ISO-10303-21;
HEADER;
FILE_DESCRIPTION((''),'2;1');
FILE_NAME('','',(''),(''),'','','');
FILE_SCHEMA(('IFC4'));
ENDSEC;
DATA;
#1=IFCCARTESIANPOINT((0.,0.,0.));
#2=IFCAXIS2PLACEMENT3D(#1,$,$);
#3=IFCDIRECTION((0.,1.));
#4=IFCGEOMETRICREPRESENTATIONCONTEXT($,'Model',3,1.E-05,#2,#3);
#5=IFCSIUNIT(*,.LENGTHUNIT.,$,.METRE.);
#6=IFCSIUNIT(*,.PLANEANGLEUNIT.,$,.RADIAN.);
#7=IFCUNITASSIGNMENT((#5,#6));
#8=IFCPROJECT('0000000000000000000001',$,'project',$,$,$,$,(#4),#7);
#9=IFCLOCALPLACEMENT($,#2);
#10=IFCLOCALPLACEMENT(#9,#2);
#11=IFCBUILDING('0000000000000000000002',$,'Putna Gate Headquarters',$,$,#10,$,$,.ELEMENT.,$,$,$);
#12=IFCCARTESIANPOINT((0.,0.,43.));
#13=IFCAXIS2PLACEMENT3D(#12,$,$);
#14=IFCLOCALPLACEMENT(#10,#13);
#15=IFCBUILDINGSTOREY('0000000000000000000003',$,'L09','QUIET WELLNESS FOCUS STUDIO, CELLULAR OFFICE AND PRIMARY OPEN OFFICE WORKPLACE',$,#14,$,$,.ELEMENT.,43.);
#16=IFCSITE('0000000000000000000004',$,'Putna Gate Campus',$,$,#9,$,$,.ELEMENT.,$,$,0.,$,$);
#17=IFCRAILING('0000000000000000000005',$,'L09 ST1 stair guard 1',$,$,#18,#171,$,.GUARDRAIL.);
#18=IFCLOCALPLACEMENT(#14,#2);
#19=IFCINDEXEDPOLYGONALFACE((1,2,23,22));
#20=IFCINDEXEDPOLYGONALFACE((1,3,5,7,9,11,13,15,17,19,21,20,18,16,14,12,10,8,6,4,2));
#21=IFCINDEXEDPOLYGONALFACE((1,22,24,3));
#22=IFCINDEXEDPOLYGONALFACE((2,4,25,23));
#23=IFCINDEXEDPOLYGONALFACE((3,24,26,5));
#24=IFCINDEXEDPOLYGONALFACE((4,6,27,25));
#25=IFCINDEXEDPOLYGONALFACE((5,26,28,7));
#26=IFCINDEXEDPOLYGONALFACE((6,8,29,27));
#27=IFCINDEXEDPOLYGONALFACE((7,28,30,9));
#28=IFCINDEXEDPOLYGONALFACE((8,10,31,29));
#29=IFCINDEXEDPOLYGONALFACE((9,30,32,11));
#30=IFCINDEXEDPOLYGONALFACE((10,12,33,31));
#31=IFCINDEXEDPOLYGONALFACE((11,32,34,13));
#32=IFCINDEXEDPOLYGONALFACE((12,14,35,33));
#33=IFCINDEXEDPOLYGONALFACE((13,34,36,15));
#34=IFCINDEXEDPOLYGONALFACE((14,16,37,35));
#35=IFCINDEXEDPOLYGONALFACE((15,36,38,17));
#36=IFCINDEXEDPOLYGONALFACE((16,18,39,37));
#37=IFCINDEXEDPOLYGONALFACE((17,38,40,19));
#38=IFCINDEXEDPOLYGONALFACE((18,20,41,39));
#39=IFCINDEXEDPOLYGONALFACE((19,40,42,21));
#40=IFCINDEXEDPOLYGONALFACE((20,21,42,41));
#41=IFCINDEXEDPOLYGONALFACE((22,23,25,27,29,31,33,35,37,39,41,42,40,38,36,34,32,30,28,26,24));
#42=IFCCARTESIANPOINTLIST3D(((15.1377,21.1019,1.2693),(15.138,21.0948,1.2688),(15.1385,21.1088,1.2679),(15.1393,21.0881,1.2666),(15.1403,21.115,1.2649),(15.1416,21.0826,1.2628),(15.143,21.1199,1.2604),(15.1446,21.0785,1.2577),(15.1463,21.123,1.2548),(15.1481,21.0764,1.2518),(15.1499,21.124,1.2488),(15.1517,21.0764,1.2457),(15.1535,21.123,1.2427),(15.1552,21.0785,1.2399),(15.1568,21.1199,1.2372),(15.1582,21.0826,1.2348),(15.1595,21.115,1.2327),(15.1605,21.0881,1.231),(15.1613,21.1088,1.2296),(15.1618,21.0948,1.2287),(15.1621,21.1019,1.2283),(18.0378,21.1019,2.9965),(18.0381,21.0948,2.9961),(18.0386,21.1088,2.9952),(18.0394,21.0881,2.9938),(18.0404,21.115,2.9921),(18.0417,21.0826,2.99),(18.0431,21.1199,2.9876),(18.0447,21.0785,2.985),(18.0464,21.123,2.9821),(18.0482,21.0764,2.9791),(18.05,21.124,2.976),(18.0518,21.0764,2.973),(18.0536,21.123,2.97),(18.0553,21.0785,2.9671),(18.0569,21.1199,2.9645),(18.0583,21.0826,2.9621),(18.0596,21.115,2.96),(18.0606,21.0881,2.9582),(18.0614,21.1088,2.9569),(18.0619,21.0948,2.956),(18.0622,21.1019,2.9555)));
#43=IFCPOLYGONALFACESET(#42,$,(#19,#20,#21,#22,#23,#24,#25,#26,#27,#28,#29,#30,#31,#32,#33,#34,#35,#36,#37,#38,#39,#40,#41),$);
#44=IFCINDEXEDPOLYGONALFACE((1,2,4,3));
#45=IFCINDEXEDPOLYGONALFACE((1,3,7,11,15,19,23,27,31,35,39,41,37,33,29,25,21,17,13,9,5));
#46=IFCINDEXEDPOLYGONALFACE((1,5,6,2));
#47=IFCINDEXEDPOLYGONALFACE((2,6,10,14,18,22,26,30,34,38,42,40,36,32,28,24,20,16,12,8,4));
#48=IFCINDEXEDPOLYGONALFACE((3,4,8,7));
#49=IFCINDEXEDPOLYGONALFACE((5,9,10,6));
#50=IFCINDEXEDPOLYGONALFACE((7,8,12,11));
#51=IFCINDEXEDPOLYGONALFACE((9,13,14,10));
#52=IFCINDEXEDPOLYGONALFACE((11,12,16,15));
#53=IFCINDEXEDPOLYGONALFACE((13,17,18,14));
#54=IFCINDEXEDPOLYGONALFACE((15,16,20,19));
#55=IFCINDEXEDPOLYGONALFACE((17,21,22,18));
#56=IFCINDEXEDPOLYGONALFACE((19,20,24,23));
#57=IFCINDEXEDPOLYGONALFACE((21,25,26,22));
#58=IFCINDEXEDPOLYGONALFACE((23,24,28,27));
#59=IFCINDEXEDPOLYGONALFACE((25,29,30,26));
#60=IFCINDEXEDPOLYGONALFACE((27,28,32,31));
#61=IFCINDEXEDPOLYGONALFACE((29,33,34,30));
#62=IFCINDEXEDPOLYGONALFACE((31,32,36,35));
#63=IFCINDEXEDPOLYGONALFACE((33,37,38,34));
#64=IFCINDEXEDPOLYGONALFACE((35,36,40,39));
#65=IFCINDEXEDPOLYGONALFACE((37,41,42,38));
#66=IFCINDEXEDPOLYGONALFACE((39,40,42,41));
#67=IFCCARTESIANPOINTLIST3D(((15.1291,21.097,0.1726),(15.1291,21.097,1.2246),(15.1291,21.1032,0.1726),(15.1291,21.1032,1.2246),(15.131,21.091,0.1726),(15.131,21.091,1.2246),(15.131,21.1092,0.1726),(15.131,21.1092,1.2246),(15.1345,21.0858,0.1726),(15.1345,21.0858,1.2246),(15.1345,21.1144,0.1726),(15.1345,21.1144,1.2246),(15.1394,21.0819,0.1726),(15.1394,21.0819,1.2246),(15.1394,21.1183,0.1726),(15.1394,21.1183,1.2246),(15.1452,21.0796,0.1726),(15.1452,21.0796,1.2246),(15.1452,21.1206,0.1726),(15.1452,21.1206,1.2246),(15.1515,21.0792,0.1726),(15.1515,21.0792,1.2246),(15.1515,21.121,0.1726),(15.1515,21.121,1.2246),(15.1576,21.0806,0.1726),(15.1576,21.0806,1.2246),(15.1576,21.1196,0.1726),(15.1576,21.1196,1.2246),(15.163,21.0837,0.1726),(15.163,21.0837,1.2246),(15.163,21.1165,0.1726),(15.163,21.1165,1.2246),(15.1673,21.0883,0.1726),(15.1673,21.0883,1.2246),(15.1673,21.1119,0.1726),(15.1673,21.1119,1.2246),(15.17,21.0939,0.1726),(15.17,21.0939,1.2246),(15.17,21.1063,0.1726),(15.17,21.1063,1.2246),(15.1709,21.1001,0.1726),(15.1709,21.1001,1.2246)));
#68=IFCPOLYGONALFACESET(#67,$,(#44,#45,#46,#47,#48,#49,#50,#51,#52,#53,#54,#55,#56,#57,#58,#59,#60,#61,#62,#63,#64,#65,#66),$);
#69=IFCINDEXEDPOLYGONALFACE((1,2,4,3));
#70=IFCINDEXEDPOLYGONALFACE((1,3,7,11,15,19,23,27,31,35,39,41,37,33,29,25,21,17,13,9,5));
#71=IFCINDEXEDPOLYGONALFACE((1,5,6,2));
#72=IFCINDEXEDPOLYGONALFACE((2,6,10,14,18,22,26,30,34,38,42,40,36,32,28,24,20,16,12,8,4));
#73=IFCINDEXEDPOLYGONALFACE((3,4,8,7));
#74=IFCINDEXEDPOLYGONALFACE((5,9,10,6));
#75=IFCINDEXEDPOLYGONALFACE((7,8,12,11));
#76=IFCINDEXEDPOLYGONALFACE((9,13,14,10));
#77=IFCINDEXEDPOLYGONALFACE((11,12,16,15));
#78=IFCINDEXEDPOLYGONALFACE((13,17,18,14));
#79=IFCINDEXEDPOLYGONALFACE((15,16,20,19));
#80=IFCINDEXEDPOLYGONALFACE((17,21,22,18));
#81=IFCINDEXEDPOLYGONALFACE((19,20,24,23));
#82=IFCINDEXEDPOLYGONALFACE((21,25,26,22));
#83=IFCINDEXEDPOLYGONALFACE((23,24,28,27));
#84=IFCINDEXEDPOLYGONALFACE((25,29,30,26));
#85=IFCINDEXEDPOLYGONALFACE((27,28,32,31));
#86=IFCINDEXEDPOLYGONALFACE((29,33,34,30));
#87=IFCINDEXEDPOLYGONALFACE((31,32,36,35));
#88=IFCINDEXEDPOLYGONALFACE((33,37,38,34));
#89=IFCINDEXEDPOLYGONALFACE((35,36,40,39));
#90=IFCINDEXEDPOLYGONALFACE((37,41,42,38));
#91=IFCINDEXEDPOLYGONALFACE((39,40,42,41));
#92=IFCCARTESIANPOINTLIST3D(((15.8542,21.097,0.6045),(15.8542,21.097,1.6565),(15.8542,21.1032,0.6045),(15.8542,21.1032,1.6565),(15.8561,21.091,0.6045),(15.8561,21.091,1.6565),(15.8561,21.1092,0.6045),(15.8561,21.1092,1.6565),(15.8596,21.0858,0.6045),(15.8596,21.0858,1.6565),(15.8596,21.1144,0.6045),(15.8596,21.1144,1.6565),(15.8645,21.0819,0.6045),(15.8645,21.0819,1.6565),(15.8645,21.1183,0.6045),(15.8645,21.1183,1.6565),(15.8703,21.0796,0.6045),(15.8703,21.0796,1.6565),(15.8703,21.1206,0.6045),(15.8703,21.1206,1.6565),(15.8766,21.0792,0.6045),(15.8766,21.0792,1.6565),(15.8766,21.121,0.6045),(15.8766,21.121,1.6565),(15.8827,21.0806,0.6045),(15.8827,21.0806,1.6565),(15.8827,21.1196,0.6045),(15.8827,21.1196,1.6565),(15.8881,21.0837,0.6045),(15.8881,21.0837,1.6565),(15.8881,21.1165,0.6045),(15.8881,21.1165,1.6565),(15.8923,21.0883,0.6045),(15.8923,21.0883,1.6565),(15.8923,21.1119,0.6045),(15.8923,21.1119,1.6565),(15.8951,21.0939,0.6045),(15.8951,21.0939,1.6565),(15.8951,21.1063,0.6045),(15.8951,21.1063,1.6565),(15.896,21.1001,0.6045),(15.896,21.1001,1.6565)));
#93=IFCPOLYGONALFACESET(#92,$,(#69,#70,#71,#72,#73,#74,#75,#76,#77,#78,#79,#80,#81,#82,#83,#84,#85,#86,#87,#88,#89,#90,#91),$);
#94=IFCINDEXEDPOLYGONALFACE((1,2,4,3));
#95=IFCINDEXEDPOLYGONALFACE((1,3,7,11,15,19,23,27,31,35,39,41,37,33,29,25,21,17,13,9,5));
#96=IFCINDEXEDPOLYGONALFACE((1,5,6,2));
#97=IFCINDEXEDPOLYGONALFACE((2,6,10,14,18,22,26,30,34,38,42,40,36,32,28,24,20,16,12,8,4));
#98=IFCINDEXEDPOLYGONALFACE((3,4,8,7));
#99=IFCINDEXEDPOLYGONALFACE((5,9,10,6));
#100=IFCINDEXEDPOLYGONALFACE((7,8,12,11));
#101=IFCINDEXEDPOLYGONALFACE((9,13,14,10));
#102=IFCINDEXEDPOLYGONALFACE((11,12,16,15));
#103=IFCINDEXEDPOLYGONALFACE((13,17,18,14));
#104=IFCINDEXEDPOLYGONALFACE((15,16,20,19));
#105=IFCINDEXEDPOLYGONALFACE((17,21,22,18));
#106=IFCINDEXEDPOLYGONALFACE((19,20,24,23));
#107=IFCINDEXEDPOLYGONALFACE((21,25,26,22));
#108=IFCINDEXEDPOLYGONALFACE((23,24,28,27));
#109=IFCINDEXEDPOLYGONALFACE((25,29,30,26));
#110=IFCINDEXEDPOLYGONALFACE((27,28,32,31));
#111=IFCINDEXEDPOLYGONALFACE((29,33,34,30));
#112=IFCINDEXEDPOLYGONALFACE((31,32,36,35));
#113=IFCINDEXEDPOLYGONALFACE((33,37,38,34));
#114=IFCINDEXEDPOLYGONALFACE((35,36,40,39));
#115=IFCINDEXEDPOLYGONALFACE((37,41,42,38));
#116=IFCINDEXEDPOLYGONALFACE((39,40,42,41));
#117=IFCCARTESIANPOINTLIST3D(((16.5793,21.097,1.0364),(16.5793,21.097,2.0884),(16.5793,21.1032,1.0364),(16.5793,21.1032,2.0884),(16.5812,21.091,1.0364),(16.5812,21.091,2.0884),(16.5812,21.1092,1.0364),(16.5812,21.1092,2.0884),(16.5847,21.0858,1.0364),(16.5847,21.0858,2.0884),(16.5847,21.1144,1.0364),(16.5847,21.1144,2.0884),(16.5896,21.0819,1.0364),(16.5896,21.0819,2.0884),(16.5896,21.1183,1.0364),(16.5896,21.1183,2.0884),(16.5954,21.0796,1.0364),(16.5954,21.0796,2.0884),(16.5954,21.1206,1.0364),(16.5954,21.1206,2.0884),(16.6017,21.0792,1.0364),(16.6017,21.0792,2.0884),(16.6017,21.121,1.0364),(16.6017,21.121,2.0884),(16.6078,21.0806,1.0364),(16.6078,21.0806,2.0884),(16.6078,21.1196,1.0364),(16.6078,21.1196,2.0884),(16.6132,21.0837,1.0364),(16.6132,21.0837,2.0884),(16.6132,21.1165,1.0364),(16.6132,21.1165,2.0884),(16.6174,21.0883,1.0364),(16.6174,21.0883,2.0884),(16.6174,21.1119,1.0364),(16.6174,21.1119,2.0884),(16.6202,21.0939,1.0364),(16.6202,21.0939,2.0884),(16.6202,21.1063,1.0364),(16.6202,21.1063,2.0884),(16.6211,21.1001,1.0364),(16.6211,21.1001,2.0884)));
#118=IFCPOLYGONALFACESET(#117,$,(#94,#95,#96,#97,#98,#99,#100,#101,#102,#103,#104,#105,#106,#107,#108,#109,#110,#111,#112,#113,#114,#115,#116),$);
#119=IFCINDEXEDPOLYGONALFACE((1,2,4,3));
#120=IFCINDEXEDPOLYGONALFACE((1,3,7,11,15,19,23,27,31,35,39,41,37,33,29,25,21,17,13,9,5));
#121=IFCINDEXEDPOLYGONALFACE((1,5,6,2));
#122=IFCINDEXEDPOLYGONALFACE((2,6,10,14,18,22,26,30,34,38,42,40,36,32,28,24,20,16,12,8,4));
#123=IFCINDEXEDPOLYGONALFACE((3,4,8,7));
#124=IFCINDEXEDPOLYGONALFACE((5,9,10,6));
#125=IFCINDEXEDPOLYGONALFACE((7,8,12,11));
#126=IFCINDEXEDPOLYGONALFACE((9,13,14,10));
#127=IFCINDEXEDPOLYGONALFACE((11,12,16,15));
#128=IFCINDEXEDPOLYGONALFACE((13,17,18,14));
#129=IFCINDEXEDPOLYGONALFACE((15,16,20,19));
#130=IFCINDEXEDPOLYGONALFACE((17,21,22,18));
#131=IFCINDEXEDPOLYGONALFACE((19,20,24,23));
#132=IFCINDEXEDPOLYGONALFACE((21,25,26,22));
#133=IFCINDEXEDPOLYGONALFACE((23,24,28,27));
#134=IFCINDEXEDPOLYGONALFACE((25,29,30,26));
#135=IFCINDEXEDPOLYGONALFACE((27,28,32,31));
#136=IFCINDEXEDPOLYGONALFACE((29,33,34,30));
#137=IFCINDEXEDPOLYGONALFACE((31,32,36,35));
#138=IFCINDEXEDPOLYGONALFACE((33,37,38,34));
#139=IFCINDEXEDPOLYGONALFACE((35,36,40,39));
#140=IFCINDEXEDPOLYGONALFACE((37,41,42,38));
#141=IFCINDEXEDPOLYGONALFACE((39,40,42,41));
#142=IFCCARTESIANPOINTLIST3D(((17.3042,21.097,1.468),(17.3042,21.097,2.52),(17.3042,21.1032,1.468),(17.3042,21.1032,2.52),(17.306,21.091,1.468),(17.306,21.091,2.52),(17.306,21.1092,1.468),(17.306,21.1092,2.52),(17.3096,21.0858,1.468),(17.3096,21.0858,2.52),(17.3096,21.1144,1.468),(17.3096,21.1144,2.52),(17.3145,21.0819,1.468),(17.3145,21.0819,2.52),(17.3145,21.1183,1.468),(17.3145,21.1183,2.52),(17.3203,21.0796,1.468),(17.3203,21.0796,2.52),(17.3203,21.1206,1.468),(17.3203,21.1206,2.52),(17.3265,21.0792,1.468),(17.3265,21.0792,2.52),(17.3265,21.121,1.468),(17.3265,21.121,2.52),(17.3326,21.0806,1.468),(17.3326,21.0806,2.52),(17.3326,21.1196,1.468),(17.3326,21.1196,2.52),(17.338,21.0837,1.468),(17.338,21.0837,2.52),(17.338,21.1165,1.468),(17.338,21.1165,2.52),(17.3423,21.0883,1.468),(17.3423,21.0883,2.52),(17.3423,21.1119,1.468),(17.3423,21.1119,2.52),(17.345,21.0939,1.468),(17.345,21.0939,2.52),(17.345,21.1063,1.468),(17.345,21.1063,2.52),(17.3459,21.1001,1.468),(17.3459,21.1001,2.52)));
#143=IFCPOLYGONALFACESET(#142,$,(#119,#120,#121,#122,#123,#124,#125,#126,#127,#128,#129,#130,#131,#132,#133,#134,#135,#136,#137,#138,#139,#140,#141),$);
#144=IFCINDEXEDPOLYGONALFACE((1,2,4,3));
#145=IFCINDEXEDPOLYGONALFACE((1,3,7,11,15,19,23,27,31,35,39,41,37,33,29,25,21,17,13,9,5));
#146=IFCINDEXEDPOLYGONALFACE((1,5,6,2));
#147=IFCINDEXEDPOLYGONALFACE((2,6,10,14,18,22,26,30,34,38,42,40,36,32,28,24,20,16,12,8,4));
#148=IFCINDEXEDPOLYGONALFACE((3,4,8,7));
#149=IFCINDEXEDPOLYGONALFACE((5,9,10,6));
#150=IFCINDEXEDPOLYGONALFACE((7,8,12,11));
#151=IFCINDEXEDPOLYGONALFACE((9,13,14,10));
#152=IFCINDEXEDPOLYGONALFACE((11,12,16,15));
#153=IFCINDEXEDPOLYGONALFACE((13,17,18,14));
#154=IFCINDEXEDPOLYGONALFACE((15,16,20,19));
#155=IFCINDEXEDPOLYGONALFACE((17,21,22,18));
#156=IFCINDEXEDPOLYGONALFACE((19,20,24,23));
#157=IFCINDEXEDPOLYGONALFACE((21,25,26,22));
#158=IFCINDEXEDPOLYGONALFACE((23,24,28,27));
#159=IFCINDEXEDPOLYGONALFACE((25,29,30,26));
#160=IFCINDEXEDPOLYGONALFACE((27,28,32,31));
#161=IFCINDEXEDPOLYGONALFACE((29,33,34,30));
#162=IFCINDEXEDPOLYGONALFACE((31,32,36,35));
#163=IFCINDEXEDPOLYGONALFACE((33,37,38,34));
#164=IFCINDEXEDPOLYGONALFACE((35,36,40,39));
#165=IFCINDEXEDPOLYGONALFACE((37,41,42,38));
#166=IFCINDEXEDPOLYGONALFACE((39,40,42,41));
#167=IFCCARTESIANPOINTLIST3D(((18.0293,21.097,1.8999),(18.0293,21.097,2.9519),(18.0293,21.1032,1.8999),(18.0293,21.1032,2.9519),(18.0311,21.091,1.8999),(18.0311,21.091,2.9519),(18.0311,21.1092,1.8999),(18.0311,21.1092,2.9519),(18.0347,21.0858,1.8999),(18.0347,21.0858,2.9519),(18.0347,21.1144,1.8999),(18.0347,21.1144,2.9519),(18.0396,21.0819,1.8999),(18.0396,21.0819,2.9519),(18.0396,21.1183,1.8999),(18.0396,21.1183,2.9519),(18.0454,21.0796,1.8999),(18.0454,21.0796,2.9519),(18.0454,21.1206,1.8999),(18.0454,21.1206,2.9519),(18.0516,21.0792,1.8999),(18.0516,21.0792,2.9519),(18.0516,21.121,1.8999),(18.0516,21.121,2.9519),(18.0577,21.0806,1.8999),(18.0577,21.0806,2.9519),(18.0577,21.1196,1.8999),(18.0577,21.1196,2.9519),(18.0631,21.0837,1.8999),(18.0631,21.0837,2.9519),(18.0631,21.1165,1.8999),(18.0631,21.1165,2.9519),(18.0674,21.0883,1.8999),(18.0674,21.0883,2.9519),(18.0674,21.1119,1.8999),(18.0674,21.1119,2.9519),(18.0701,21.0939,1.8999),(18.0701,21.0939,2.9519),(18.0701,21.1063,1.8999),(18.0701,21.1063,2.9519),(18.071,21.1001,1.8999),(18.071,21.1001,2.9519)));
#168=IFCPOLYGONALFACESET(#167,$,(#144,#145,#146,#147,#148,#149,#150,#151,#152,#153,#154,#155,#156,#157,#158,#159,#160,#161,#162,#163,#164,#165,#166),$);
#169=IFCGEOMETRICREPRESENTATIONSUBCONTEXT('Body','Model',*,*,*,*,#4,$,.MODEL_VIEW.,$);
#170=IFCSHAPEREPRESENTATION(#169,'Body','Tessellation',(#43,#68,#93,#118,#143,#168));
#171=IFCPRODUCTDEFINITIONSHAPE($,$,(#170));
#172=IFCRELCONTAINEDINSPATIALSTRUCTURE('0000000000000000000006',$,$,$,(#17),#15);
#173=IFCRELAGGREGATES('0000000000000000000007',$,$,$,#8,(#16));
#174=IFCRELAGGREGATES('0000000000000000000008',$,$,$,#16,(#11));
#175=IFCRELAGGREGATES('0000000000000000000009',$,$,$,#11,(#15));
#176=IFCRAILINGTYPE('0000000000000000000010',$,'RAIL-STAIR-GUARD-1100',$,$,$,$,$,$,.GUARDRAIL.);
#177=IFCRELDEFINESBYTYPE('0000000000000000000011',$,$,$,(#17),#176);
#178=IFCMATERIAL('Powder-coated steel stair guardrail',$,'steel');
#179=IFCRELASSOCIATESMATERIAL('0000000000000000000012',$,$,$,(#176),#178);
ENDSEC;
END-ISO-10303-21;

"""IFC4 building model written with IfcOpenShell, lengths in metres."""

from ifc_helpers import new_model, si_unit, direction, frame, origin, origin_2d, place, context, subcontext, project, spatial, circle, extrude, material, type_object, element, save


model = new_model("IFC4")

# Units and contexts
model_context = context("Model", 3, precision=1e-05, world=origin(), true_north=direction((0.0, 1.0)))
body_context = subcontext(model_context, "Body", "Model", "MODEL_VIEW")
ifc_project = project(units=[si_unit("LENGTHUNIT", "METRE"), si_unit("PLANEANGLEUNIT", "RADIAN")], contexts=[model_context])

# Site, building, storey
site_placement = place(None, origin())
site = spatial("IfcSite", under=ifc_project, at=site_placement, Name="Putna Gate Campus", CompositionType="ELEMENT", RefElevation=0.0)
building_placement = place(site_placement, origin())
building = spatial("IfcBuilding", under=site, at=building_placement, Name="Putna Gate Headquarters", CompositionType="ELEMENT")
storey_placement = place(building_placement, frame((0.0, 0.0, 43.0)))
storey = spatial("IfcBuildingStorey", under=building, at=storey_placement, Name="L09", Description="QUIET WELLNESS FOCUS STUDIO, CELLULAR OFFICE AND PRIMARY OPEN OFFICE WORKPLACE", CompositionType="ELEMENT", Elevation=43.0)

# Railing
ifc_material_1 = material(Name="Powder-coated steel stair guardrail", Category="steel")
railing_type_1 = type_object("IfcRailingType", Name="RAIL-STAIR-GUARD-1100", PredefinedType="GUARDRAIL", material=ifc_material_1)
railing_1_placement = place(storey_placement, frame((15.1499, 21.1001, 0.1726)))
element("IfcRailing", 1, at=railing_1_placement, inside=storey, type_object=railing_type_1, Name="L09 ST1 stair guard 1", PredefinedType="GUARDRAIL", context=body_context, shape_type="SweptSolid", body=[
    extrude(circle(Radius=0.0239, at=origin_2d()), frame((0.0, 0.0, 1.0762), z_axis=(0.85916, 0.0, 0.511706), x_axis=(0.0, 1.0, 0.0)), (0.0, 0.0, 1.0), 3.3755),
    extrude(circle(Radius=0.021, at=origin_2d()), origin(), (0.0, 0.0, 1.0), 1.052),
    extrude(circle(Radius=0.021, at=origin_2d()), frame((0.7251, 0.0, 0.4319)), (0.0, 0.0, 1.0), 1.052),
    extrude(circle(Radius=0.021, at=origin_2d()), frame((1.4502, 0.0, 0.8638)), (0.0, 0.0, 1.0), 1.052),
    extrude(circle(Radius=0.021, at=origin_2d()), frame((2.175, 0.0, 1.2954)), (0.0, 0.0, 1.0), 1.052),
    extrude(circle(Radius=0.021, at=origin_2d()), frame((2.9001, 0.0, 1.7273)), (0.0, 0.0, 1.0), 1.052),
])

save(model, "model.ifc")
